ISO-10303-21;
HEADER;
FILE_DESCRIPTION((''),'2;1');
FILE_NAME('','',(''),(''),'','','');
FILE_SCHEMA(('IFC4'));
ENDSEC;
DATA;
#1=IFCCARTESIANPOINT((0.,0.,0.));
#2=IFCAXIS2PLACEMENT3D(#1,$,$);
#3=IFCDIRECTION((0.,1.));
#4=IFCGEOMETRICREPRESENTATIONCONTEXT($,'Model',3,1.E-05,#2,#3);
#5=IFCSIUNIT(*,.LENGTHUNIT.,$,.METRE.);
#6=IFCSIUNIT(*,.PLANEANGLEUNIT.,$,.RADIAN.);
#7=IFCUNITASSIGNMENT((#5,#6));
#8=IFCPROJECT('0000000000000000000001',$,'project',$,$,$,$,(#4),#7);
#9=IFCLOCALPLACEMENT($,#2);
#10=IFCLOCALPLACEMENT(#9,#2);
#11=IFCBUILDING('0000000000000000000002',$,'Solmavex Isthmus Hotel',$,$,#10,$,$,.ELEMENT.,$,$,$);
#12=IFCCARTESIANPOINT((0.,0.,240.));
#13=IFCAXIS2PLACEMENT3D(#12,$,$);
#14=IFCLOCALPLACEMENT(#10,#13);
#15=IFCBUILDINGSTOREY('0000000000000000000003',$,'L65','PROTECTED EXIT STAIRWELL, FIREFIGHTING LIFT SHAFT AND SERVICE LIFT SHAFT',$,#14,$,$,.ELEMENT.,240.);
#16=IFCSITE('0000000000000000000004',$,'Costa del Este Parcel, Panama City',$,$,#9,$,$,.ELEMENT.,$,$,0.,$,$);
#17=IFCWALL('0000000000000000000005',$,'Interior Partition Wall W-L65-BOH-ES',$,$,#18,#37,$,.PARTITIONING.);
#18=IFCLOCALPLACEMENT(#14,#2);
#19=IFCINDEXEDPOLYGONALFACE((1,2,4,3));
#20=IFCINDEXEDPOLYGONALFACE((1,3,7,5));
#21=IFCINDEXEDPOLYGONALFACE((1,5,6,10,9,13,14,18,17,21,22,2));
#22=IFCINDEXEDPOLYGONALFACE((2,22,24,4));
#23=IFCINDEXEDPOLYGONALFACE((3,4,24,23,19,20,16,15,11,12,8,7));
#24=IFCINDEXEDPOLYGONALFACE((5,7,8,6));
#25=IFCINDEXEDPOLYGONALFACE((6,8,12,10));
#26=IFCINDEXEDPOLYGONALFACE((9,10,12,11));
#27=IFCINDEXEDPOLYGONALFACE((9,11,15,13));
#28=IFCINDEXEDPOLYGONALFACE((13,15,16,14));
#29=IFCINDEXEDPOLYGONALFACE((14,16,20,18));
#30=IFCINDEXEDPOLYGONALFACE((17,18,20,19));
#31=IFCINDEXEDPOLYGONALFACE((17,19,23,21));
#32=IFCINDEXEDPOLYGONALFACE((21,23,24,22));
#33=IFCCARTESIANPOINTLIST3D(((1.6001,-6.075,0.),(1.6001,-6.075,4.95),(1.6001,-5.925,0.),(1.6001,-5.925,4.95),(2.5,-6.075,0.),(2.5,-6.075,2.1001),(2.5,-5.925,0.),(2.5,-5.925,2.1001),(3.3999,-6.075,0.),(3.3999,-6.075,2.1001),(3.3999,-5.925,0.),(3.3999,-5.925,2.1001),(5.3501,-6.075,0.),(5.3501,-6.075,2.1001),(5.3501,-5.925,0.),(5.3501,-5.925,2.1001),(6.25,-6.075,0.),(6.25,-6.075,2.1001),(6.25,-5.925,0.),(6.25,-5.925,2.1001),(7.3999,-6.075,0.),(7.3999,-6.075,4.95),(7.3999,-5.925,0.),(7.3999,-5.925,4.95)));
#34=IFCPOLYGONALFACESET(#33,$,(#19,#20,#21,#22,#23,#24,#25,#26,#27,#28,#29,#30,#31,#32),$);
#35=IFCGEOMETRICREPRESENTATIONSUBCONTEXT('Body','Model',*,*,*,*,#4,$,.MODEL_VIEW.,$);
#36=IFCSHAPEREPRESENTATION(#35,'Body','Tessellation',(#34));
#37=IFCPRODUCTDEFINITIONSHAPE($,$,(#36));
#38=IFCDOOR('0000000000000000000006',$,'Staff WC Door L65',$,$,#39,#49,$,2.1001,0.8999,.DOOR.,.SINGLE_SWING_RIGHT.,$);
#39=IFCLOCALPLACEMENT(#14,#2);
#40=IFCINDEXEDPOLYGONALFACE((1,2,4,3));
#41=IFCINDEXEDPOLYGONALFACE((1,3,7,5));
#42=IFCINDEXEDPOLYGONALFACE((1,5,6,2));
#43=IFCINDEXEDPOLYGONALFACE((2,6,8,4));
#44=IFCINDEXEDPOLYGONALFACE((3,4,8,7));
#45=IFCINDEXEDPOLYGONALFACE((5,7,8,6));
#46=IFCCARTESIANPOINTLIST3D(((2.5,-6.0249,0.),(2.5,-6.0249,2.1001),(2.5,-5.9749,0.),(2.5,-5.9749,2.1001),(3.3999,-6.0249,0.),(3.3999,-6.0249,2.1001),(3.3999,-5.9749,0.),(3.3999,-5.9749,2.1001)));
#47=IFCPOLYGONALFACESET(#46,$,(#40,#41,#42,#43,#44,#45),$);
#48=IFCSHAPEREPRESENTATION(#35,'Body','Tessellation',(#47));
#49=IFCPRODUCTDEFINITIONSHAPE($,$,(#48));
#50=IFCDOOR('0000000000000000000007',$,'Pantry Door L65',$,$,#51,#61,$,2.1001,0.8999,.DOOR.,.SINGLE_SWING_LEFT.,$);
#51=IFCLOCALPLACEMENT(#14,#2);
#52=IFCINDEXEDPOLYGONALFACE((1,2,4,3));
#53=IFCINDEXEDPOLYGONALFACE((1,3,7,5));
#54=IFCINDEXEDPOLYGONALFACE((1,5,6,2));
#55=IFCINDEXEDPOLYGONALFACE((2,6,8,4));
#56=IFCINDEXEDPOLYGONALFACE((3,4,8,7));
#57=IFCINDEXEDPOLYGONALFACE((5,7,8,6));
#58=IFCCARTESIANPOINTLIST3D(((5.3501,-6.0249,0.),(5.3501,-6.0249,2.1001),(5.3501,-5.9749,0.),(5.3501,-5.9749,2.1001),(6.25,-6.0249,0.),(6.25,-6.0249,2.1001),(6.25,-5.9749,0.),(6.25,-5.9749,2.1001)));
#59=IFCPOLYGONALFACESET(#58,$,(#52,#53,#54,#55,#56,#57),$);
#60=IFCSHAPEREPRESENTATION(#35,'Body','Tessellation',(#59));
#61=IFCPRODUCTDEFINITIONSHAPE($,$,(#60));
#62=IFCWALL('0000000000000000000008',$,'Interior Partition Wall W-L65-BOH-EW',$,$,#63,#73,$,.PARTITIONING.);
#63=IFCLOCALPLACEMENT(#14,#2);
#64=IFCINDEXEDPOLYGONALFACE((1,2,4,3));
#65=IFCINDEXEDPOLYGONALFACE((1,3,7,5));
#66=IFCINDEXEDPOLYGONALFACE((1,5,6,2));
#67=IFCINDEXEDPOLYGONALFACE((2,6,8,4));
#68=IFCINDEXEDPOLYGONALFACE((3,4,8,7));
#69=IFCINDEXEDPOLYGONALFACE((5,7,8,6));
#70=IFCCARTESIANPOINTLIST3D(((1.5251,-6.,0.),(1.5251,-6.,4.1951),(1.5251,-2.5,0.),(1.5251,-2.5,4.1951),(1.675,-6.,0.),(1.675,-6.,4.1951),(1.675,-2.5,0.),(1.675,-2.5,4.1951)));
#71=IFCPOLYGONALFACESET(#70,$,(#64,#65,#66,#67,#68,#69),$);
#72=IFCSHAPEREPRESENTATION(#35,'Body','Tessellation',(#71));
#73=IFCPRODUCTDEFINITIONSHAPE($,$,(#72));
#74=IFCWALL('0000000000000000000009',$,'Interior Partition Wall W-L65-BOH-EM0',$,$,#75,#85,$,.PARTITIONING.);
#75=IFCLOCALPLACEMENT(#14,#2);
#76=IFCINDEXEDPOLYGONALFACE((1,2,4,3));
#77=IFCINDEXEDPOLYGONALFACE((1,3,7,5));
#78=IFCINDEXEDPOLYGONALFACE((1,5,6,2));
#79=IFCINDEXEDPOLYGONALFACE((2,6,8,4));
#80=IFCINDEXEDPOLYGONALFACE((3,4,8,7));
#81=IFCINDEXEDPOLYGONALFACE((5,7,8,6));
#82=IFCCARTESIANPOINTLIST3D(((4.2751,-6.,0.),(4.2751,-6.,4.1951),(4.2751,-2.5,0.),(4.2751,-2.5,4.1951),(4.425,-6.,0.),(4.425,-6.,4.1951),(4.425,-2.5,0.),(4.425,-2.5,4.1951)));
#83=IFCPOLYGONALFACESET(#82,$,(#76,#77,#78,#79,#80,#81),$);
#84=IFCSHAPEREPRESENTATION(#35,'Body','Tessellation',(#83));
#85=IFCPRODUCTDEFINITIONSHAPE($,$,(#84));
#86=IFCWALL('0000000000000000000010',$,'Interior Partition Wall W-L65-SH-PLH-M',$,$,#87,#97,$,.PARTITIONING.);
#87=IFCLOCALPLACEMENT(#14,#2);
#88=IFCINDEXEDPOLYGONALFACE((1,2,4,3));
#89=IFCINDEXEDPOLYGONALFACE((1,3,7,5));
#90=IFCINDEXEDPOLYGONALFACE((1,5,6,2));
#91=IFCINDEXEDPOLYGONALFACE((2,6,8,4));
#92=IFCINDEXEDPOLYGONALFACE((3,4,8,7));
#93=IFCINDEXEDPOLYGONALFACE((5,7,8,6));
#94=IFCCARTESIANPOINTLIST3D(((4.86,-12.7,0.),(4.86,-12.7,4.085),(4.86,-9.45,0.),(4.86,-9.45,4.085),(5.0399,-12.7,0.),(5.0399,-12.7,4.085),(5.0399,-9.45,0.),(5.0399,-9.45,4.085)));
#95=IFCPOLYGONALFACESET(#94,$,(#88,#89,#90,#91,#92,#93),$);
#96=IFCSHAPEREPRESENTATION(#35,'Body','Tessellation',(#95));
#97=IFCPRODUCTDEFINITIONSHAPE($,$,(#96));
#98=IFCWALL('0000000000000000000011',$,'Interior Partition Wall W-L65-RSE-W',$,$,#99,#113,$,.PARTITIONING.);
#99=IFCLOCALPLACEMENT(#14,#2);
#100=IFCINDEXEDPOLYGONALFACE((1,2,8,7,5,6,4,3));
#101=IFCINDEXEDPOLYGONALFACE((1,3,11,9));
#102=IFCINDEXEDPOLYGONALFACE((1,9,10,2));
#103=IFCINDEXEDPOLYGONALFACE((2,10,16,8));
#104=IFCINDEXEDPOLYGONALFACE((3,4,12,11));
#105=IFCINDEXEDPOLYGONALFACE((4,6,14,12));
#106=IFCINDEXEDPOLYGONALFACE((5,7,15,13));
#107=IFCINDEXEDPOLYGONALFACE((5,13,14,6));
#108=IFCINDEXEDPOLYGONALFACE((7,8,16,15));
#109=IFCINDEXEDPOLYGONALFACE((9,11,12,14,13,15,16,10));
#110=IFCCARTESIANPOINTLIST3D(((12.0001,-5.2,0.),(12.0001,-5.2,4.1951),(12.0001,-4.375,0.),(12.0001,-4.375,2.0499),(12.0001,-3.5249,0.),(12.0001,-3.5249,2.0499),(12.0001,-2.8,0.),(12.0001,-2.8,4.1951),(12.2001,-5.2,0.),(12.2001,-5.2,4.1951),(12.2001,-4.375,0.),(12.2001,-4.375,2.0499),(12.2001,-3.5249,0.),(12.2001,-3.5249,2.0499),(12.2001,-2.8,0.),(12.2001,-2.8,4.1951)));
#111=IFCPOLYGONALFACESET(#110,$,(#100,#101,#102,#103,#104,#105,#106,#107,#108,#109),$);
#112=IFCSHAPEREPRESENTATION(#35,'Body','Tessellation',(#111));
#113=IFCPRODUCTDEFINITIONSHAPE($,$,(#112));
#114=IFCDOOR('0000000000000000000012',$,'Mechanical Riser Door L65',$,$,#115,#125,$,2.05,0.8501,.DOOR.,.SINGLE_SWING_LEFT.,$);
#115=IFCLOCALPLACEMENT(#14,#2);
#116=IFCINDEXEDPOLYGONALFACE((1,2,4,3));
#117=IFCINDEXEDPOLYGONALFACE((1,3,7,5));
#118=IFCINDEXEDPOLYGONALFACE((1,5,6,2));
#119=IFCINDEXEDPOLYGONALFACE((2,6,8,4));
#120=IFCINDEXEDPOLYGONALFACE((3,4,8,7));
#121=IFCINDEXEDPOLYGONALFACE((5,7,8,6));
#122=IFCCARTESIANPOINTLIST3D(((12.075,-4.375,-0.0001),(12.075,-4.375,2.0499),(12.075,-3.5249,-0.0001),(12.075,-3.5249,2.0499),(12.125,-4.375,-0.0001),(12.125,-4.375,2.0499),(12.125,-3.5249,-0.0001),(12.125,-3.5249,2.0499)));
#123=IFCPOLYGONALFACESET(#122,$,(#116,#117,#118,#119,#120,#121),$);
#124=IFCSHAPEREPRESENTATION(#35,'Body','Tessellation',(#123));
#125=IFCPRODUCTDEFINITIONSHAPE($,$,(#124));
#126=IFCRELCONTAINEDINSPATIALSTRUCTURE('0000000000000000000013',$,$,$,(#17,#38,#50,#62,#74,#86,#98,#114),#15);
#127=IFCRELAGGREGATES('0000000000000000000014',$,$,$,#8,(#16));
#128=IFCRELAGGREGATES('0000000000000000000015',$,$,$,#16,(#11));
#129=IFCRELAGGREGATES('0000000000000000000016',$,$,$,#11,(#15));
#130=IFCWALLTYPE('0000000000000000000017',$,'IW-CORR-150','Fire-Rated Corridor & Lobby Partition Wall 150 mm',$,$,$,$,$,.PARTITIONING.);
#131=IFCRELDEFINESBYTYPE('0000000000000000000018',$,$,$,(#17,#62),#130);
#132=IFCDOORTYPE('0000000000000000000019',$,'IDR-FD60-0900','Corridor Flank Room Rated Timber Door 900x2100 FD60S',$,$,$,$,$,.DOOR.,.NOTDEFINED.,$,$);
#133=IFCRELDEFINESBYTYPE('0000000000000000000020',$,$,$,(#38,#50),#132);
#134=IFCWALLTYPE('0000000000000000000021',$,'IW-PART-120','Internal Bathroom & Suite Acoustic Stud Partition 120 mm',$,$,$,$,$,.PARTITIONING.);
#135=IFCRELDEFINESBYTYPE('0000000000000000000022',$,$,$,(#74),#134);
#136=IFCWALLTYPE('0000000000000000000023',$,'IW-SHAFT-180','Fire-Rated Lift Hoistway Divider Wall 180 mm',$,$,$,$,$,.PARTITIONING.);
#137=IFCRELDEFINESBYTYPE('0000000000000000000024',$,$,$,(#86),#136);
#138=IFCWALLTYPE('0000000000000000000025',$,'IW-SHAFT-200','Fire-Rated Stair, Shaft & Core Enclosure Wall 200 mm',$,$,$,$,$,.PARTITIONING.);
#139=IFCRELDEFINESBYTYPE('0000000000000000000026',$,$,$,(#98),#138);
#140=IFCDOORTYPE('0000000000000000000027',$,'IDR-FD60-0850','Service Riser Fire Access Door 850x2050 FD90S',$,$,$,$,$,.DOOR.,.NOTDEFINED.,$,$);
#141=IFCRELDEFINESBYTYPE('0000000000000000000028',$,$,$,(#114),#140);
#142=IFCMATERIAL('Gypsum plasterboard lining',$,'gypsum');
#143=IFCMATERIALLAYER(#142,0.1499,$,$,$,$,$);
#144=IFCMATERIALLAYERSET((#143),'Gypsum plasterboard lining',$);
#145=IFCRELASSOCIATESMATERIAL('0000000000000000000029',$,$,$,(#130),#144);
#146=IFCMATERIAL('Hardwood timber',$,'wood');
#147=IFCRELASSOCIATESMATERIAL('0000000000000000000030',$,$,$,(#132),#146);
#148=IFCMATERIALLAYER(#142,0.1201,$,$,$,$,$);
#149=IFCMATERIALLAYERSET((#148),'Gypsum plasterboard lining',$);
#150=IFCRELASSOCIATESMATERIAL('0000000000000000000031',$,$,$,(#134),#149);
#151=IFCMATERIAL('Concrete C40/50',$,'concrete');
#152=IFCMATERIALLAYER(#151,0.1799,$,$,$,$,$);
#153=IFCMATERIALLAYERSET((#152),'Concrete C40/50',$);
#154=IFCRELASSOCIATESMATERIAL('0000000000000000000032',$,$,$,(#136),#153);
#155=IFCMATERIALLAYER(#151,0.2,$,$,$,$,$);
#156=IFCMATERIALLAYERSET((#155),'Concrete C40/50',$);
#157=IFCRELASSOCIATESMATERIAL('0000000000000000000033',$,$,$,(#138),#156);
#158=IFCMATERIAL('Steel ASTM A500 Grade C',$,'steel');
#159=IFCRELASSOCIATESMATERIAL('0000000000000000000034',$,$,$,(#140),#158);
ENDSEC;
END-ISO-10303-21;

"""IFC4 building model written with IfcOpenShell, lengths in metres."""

from ifc_helpers import new_model, si_unit, direction, frame, frame_2d, origin, place, context, subcontext, project, spatial, rectangle, extrude, material, layer, layer_set, type_object, element, fill, save


model = new_model("IFC4")

# Units and contexts
model_context = context("Model", 3, precision=1e-05, world=origin(), true_north=direction((0.0, 1.0)))
body_context = subcontext(model_context, "Body", "Model", "MODEL_VIEW")
ifc_project = project(units=[si_unit("LENGTHUNIT", "METRE"), si_unit("PLANEANGLEUNIT", "RADIAN")], contexts=[model_context])

# Site, building, storey
site_placement = place(None, origin())
site = spatial("IfcSite", under=ifc_project, at=site_placement, Name="Costa del Este Parcel, Panama City", CompositionType="ELEMENT", RefElevation=0.0)
building_placement = place(site_placement, origin())
building = spatial("IfcBuilding", under=site, at=building_placement, Name="Solmavex Isthmus Hotel", CompositionType="ELEMENT")
storey_placement = place(building_placement, frame((0.0, 0.0, 240.0)))
storey = spatial("IfcBuildingStorey", under=building, at=storey_placement, Name="L65", Description="PROTECTED EXIT STAIRWELL, FIREFIGHTING LIFT SHAFT AND SERVICE LIFT SHAFT", CompositionType="ELEMENT", Elevation=240.0)

# Shared definitions
ifc_material_1 = material(Name="Gypsum plasterboard lining", Category="gypsum")

# Wall, openings, doors
ifc_layer_1 = layer(ifc_material_1, 0.1499)
ifc_layer_set_1 = layer_set([ifc_layer_1], Name="Gypsum plasterboard lining")
wall_type_1 = type_object("IfcWallType", Name="IW-CORR-150", Description="Fire-Rated Corridor & Lobby Partition Wall 150 mm", PredefinedType="PARTITIONING", material=ifc_layer_set_1)
wall_1_placement = place(storey_placement, frame((1.6001, -6.0, 0.0), z_axis=(0.0, 0.0, 1.0), x_axis=(1.0, 0.0, 0.0)))
wall_1 = element("IfcWall", 1, at=wall_1_placement, inside=storey, type_object=wall_type_1, Name="Interior Partition Wall W-L65-BOH-ES", PredefinedType="PARTITIONING", context=body_context, shape_type="SweptSolid", body=[
    extrude(rectangle(XDim=5.7998, YDim=0.1499, at=frame_2d((2.8999, 0.0))), origin(), (0.0, 0.0, 1.0), 4.95),
])
opening_1_placement = place(wall_1_placement, frame((0.8999, 0.0, 0.0)))
opening_1 = element("IfcOpeningElement", 2, at=opening_1_placement, cuts=wall_1, PredefinedType="OPENING", context=body_context, shape_type="SweptSolid", body=[
    extrude(rectangle(XDim=0.8999, YDim=2.1001, at=frame_2d((0.45, 1.05))), frame((0.0, 0.085, 0.0), z_axis=(0.0, -1.0, 0.0), x_axis=(1.0, 0.0, 0.0)), (0.0, 0.0, 1.0), 0.1699),
])
opening_2_placement = place(wall_1_placement, frame((3.75, 0.0, 0.0)))
opening_2 = element("IfcOpeningElement", 3, at=opening_2_placement, cuts=wall_1, PredefinedType="OPENING", context=body_context, shape_type="SweptSolid", body=[
    extrude(rectangle(XDim=0.8999, YDim=2.1001, at=frame_2d((0.45, 1.05))), frame((0.0, 0.085, 0.0), z_axis=(0.0, -1.0, 0.0), x_axis=(1.0, 0.0, 0.0)), (0.0, 0.0, 1.0), 0.1699),
])
ifc_material_2 = material(Name="Hardwood timber", Category="wood")
door_type_1 = type_object("IfcDoorType", Name="IDR-FD60-0900", Description="Corridor Flank Room Rated Timber Door 900x2100 FD60S", OperationType="NOTDEFINED", PredefinedType="DOOR", material=ifc_material_2)
door_1_placement = place(opening_1_placement, frame((0.8999, 0.0, 0.0), z_axis=(0.0, 0.0, 1.0), x_axis=(-1.0, 0.0, 0.0)))
door_1 = element("IfcDoor", 4, at=door_1_placement, inside=storey, type_object=door_type_1, Name="Staff WC Door L65", OperationType="SINGLE_SWING_RIGHT", OverallHeight=2.1001, OverallWidth=0.8999, PredefinedType="DOOR", context=body_context, shape_type="SweptSolid", body=[
    extrude(rectangle(XDim=0.8999, YDim=2.1001, at=frame_2d((0.45, 1.05))), frame((0.0, 0.0249, 0.0), z_axis=(0.0, -1.0, 0.0), x_axis=(1.0, 0.0, 0.0)), (0.0, 0.0, 1.0), 0.05),
])
fill(opening_1, door_1)
door_2_placement = place(opening_2_placement, frame((0.8999, 0.0, 0.0), z_axis=(0.0, 0.0, 1.0), x_axis=(-1.0, 0.0, 0.0)))
door_2 = element("IfcDoor", 5, at=door_2_placement, inside=storey, type_object=door_type_1, Name="Pantry Door L65", OperationType="SINGLE_SWING_LEFT", OverallHeight=2.1001, OverallWidth=0.8999, PredefinedType="DOOR", context=body_context, shape_type="SweptSolid", body=[
    extrude(rectangle(XDim=0.8999, YDim=2.1001, at=frame_2d((0.45, 1.05))), frame((0.0, 0.0249, 0.0), z_axis=(0.0, -1.0, 0.0), x_axis=(1.0, 0.0, 0.0)), (0.0, 0.0, 1.0), 0.05),
])
fill(opening_2, door_2)

# Walls
wall_2_placement = place(storey_placement, frame((1.6001, -6.0, 0.0), z_axis=(0.0, 0.0, 1.0), x_axis=(0.0, 1.0, 0.0)))
element("IfcWall", 6, at=wall_2_placement, inside=storey, type_object=wall_type_1, Name="Interior Partition Wall W-L65-BOH-EW", PredefinedType="PARTITIONING", context=body_context, shape_type="SweptSolid", body=[
    extrude(rectangle(XDim=3.5, YDim=0.1499, at=frame_2d((1.75, 0.0))), origin(), (0.0, 0.0, 1.0), 4.1951),
])
ifc_layer_2 = layer(ifc_material_1, 0.1201)
ifc_layer_set_2 = layer_set([ifc_layer_2], Name="Gypsum plasterboard lining")
wall_type_2 = type_object("IfcWallType", Name="IW-PART-120", Description="Internal Bathroom & Suite Acoustic Stud Partition 120 mm", PredefinedType="PARTITIONING", material=ifc_layer_set_2)
wall_3_placement = place(storey_placement, frame((4.3501, -6.0, 0.0), z_axis=(0.0, 0.0, 1.0), x_axis=(0.0, 1.0, 0.0)))
element("IfcWall", 7, at=wall_3_placement, inside=storey, type_object=wall_type_2, Name="Interior Partition Wall W-L65-BOH-EM0", PredefinedType="PARTITIONING", context=body_context, shape_type="SweptSolid", body=[
    extrude(rectangle(XDim=3.5, YDim=0.1499, at=frame_2d((1.75, 0.0))), origin(), (0.0, 0.0, 1.0), 4.1951),
])
ifc_material_3 = material(Name="Concrete C40/50", Category="concrete")
ifc_layer_3 = layer(ifc_material_3, 0.1799)
ifc_layer_set_3 = layer_set([ifc_layer_3], Name="Concrete C40/50")
wall_type_3 = type_object("IfcWallType", Name="IW-SHAFT-180", Description="Fire-Rated Lift Hoistway Divider Wall 180 mm", PredefinedType="PARTITIONING", material=ifc_layer_set_3)
wall_4_placement = place(storey_placement, frame((4.95, -12.7, 0.0), z_axis=(0.0, 0.0, 1.0), x_axis=(0.0, 1.0, 0.0)))
element("IfcWall", 8, at=wall_4_placement, inside=storey, type_object=wall_type_3, Name="Interior Partition Wall W-L65-SH-PLH-M", PredefinedType="PARTITIONING", context=body_context, shape_type="SweptSolid", body=[
    extrude(rectangle(XDim=3.25, YDim=0.1799, at=frame_2d((1.625, 0.0))), origin(), (0.0, 0.0, 1.0), 4.085),
])

# Wall, opening, door
ifc_layer_4 = layer(ifc_material_3, 0.2)
ifc_layer_set_4 = layer_set([ifc_layer_4], Name="Concrete C40/50")
wall_type_4 = type_object("IfcWallType", Name="IW-SHAFT-200", Description="Fire-Rated Stair, Shaft & Core Enclosure Wall 200 mm", PredefinedType="PARTITIONING", material=ifc_layer_set_4)
wall_5_placement = place(storey_placement, frame((12.1001, -5.2, 0.0), z_axis=(0.0, 0.0, 1.0), x_axis=(0.0, 1.0, 0.0)))
wall_5 = element("IfcWall", 9, at=wall_5_placement, inside=storey, type_object=wall_type_4, Name="Interior Partition Wall W-L65-RSE-W", PredefinedType="PARTITIONING", context=body_context, shape_type="SweptSolid", body=[
    extrude(rectangle(XDim=2.3999, YDim=0.2, at=frame_2d((1.2, 0.0))), origin(), (0.0, 0.0, 1.0), 4.1951),
])
opening_3_placement = place(wall_5_placement, frame((0.825, 0.0, 0.0)))
opening_3 = element("IfcOpeningElement", 10, at=opening_3_placement, cuts=wall_5, PredefinedType="OPENING", context=body_context, shape_type="SweptSolid", body=[
    extrude(rectangle(XDim=0.8501, YDim=2.05, at=frame_2d((0.425, 1.0249))), frame((0.0, 0.1099, 0.0), z_axis=(0.0, -1.0, 0.0), x_axis=(1.0, 0.0, 0.0)), (0.0, 0.0, 1.0), 0.22),
])
ifc_material_4 = material(Name="Steel ASTM A500 Grade C", Category="steel")
door_type_2 = type_object("IfcDoorType", Name="IDR-FD60-0850", Description="Service Riser Fire Access Door 850x2050 FD90S", OperationType="NOTDEFINED", PredefinedType="DOOR", material=ifc_material_4)
door_3_placement = place(opening_3_placement, frame((0.8501, 0.0, 0.0), z_axis=(0.0, 0.0, 1.0), x_axis=(-1.0, 0.0, 0.0)))
door_3 = element("IfcDoor", 11, at=door_3_placement, inside=storey, type_object=door_type_2, Name="Mechanical Riser Door L65", OperationType="SINGLE_SWING_LEFT", OverallHeight=2.05, OverallWidth=0.8501, PredefinedType="DOOR", context=body_context, shape_type="SweptSolid", body=[
    extrude(rectangle(XDim=0.8501, YDim=2.05, at=frame_2d((0.425, 1.0249))), frame((0.0, 0.0249, 0.0), z_axis=(0.0, -1.0, 0.0), x_axis=(1.0, 0.0, 0.0)), (0.0, 0.0, 1.0), 0.05),
])
fill(opening_3, door_3)

save(model, "model.ifc")
